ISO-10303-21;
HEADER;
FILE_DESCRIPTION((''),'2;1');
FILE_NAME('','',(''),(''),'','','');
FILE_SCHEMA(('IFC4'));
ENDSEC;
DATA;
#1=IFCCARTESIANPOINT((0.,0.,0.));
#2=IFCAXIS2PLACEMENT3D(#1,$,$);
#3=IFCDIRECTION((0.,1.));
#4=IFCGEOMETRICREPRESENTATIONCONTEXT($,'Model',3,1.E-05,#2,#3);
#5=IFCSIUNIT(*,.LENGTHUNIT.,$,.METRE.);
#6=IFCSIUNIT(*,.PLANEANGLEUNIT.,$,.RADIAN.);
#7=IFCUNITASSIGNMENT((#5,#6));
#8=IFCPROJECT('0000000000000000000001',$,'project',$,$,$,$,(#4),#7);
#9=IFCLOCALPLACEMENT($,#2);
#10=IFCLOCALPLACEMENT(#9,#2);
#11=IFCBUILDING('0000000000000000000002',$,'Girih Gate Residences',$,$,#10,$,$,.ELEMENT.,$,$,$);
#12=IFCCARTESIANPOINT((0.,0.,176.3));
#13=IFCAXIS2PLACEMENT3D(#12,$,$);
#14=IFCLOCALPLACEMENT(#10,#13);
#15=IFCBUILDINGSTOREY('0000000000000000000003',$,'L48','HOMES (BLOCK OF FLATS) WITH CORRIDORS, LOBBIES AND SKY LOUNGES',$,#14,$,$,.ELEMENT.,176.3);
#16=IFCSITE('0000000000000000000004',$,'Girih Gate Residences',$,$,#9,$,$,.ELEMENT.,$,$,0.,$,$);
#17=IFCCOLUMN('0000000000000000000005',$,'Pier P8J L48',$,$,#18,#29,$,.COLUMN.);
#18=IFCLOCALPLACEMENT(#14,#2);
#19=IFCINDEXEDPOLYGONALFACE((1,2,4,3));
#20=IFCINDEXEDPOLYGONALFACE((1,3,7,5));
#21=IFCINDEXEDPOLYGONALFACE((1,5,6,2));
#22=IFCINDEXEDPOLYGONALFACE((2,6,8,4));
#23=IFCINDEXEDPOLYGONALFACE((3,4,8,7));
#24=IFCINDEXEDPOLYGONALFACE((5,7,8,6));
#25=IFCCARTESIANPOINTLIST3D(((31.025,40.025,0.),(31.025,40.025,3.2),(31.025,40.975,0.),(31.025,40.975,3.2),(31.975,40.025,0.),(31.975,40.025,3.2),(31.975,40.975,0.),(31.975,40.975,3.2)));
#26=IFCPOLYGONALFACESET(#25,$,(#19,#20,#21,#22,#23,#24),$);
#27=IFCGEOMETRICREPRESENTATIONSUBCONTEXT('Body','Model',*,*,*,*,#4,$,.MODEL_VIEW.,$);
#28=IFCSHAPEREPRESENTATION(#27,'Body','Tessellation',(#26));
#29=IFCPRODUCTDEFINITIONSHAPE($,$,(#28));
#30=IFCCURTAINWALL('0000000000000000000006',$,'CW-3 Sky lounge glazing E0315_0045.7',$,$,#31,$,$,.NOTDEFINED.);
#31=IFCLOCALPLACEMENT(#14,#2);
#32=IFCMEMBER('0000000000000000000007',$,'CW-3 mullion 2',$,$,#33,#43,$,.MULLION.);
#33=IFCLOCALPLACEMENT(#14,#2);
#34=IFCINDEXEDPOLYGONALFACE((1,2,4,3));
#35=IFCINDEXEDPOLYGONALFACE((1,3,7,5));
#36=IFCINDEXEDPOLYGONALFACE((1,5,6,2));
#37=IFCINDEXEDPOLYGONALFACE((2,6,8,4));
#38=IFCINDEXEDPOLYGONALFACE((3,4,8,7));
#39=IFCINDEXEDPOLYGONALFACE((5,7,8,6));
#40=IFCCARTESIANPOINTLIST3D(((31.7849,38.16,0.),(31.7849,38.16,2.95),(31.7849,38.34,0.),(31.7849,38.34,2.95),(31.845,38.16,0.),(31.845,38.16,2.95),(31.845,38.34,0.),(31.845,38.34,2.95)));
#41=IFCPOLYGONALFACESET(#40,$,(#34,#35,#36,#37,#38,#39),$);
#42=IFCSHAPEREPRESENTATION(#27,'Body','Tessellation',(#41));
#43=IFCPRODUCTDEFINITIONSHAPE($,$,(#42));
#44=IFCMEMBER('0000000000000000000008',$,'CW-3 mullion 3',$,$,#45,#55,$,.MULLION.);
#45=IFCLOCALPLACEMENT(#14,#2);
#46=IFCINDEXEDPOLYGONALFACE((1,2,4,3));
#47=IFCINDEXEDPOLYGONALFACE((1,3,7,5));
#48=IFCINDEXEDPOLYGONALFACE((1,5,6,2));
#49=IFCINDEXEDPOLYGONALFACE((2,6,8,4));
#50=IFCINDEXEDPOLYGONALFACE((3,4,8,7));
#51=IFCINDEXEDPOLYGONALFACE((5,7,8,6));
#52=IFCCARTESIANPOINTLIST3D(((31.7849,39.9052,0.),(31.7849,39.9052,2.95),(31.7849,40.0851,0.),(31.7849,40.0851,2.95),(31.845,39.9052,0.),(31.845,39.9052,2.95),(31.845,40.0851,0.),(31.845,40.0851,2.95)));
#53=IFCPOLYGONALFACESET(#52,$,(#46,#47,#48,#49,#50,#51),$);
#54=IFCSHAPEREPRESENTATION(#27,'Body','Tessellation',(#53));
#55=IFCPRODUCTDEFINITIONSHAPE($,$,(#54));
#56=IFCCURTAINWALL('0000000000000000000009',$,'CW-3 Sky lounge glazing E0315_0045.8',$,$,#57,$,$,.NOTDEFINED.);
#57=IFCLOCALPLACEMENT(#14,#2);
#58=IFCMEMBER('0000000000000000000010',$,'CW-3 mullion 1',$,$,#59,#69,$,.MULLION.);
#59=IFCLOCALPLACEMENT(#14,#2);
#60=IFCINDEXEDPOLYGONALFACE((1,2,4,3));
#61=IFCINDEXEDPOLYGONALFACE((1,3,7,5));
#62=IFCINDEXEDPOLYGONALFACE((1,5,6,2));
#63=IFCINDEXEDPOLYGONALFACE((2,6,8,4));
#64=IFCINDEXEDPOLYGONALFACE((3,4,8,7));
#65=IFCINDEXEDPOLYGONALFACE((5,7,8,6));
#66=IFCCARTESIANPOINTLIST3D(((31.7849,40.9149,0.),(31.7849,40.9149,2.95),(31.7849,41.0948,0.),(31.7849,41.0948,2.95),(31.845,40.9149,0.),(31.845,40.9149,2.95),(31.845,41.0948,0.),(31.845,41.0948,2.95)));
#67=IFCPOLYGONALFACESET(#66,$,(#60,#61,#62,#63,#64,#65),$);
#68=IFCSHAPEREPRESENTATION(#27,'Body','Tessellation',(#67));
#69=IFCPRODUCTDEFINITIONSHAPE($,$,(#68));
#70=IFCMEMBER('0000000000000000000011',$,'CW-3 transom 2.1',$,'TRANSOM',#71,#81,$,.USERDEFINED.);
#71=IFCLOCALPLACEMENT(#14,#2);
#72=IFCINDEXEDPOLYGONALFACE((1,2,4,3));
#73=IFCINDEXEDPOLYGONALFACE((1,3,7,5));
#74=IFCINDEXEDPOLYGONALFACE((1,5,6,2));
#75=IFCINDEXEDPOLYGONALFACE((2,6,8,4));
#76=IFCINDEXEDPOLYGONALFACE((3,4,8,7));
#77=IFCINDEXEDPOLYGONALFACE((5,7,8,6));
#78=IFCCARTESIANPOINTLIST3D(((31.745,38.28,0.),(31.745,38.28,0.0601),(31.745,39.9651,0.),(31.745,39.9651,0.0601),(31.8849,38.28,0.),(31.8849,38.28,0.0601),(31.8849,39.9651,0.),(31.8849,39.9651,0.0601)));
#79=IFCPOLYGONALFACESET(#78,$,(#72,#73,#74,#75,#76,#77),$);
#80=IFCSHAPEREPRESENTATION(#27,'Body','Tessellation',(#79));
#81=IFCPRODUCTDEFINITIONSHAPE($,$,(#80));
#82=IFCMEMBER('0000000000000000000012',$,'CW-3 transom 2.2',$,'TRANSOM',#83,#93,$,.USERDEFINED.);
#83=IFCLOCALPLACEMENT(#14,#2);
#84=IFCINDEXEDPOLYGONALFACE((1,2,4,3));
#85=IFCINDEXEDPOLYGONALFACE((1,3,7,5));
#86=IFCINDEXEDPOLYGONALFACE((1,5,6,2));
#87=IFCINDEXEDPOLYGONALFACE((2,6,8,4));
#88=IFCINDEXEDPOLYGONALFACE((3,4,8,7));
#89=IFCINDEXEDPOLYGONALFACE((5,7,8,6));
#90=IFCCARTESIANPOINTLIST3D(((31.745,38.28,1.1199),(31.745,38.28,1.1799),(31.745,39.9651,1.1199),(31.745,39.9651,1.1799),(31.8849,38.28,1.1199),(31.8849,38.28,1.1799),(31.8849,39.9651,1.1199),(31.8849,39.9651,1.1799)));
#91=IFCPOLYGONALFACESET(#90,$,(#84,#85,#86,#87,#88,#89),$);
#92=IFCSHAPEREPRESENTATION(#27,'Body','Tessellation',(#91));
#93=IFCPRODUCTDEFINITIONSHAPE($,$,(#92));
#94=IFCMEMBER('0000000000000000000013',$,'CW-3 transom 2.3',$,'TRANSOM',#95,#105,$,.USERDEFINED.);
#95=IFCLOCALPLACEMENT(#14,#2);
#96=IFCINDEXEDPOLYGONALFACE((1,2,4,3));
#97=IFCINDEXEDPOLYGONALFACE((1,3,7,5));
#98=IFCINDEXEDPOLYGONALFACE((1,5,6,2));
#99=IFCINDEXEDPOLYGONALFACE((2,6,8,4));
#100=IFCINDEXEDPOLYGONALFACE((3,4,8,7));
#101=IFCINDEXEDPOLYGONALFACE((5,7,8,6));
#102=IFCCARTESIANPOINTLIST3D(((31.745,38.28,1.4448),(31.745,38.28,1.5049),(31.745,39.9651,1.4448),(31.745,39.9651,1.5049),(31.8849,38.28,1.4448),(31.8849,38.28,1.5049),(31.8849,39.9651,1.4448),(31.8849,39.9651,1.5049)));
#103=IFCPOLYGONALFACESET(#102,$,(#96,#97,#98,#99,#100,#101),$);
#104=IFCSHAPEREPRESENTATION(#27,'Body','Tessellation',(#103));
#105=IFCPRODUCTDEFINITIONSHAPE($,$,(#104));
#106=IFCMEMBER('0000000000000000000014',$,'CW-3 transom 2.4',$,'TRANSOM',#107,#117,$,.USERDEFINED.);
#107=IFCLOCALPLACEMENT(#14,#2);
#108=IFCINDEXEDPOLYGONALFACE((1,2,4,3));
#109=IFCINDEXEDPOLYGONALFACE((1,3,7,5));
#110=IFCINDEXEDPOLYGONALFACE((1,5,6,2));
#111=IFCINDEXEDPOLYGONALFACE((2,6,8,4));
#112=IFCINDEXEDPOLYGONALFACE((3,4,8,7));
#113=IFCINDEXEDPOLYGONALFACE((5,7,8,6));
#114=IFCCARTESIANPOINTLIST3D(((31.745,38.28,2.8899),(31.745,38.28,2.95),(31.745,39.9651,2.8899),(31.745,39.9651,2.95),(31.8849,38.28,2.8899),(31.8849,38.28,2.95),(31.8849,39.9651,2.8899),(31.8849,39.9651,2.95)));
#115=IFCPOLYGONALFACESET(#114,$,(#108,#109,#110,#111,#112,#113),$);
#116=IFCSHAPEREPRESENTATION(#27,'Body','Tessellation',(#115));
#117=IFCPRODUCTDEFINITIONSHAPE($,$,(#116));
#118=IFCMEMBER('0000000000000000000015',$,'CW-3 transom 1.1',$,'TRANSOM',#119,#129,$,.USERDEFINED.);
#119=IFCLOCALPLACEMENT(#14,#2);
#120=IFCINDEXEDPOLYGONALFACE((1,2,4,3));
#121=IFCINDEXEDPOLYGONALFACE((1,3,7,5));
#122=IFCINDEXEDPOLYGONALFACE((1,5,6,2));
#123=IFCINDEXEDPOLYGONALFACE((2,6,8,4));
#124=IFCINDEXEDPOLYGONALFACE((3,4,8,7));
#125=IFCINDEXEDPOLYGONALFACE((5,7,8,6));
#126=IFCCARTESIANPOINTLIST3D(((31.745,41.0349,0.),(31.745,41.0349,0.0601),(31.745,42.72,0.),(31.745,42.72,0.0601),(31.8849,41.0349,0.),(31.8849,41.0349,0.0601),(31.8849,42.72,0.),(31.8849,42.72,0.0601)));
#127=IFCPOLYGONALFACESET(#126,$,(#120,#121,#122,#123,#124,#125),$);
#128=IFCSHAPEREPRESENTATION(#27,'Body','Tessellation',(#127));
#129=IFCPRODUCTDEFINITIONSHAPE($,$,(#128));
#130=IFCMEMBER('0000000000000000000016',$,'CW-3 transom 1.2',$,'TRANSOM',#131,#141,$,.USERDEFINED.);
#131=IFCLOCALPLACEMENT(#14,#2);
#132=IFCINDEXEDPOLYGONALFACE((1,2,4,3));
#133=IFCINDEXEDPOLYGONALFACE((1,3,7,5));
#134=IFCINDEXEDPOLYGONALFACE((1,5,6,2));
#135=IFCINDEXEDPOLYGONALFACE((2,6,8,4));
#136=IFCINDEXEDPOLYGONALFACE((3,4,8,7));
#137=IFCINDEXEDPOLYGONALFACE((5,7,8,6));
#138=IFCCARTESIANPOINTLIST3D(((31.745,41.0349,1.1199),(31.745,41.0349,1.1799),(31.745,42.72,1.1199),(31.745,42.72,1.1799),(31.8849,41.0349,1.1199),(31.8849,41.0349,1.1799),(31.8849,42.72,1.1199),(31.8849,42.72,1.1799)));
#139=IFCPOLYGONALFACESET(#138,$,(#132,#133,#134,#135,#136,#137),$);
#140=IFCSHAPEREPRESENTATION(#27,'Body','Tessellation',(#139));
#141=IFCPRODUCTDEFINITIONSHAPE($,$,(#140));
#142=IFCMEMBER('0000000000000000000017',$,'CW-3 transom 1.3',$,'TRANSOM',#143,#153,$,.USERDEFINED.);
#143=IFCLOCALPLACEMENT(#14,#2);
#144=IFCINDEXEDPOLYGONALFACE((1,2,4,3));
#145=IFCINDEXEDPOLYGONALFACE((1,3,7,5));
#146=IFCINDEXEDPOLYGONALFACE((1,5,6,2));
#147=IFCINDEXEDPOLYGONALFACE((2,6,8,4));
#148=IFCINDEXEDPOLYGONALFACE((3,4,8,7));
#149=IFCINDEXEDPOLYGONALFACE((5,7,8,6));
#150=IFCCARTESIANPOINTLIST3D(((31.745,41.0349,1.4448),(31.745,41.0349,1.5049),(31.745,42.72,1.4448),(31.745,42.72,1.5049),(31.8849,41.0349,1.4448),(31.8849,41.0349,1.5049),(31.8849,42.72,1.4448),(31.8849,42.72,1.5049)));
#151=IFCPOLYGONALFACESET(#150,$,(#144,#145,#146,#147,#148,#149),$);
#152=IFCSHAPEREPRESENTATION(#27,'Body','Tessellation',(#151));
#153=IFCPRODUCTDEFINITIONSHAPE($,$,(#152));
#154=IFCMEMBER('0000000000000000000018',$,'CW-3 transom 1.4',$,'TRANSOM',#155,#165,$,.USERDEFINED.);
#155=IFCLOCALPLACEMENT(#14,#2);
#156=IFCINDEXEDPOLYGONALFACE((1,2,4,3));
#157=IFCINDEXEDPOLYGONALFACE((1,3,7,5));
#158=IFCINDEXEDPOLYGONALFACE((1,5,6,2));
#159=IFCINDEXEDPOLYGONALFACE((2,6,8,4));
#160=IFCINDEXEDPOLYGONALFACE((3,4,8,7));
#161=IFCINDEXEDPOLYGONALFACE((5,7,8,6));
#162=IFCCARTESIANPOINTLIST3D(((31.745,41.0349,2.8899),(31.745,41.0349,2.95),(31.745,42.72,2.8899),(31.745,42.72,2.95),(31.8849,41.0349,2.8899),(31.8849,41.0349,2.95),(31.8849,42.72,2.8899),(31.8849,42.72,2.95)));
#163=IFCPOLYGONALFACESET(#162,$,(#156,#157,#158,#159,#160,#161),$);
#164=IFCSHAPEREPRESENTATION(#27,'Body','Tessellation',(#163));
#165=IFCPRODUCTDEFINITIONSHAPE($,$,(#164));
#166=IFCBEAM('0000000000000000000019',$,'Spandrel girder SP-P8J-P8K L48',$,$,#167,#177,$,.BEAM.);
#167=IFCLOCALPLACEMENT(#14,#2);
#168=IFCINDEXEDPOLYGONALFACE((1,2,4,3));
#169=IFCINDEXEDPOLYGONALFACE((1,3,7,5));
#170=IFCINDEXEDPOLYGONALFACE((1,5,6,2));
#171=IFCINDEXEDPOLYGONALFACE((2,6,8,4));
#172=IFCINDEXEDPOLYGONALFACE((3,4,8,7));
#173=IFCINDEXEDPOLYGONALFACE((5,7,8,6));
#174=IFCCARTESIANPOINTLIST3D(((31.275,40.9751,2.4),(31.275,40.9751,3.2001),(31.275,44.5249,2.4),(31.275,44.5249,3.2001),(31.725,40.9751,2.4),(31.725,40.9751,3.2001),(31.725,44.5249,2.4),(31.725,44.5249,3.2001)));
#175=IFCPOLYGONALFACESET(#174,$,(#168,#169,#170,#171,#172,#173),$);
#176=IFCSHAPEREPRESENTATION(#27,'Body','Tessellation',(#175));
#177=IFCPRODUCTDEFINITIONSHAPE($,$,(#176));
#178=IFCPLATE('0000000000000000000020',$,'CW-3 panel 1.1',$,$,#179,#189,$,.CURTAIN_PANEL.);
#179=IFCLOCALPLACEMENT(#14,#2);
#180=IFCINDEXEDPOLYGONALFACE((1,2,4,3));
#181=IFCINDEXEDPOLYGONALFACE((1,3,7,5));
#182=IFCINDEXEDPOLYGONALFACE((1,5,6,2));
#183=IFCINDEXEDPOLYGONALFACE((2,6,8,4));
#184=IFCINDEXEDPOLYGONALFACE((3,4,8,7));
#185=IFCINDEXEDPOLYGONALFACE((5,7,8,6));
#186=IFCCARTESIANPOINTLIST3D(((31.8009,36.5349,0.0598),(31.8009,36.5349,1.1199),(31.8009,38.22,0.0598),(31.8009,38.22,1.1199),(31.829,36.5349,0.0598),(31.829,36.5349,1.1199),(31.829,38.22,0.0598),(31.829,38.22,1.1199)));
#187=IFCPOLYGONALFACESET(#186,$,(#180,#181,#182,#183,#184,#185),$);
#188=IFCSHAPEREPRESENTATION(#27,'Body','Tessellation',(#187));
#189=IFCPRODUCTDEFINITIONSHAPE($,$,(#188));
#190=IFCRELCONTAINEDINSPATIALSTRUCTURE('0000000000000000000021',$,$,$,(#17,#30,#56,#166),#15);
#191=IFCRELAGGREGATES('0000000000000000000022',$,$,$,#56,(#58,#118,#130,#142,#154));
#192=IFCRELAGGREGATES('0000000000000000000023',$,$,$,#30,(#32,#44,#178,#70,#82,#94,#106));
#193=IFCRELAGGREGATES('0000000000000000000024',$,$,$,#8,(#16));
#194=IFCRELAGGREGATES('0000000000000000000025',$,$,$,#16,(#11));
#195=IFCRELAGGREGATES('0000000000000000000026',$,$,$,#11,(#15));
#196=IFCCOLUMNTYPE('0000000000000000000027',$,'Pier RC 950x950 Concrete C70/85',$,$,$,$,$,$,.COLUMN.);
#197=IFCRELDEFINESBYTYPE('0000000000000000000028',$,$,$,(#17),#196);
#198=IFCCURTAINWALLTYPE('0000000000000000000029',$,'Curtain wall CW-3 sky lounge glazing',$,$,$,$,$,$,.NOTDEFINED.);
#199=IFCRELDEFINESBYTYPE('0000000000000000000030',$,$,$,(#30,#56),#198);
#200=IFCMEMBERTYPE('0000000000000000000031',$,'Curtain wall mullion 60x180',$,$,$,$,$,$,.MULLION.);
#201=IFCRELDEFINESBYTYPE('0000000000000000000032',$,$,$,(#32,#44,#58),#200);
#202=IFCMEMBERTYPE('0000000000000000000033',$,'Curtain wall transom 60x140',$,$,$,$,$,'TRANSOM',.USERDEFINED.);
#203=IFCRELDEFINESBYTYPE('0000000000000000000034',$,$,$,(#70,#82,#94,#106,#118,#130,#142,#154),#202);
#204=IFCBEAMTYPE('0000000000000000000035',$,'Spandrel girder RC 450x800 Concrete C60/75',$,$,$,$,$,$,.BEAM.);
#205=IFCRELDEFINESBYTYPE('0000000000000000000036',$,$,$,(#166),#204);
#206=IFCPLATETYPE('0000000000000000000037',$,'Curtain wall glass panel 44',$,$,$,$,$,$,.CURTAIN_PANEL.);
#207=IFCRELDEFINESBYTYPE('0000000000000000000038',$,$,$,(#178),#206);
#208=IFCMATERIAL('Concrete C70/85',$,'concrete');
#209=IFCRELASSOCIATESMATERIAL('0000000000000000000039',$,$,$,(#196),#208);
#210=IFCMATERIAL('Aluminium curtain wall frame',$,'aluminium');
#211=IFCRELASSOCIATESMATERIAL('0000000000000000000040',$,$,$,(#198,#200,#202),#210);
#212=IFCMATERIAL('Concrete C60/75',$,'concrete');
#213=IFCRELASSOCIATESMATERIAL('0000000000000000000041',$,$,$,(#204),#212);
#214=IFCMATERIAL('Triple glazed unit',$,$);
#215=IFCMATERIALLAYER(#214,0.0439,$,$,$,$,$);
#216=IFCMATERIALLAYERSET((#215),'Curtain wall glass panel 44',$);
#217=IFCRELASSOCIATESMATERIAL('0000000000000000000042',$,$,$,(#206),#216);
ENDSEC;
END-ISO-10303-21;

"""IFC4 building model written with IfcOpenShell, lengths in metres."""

from ifc_helpers import new_model, si_unit, direction, frame, origin, origin_2d, place, context, subcontext, project, spatial, rectangle, extrude, material, layer, layer_set, material_profile, profile_set, type_object, element, aggregate, save


model = new_model("IFC4")

# Units and contexts
model_context = context("Model", 3, precision=1e-05, world=origin(), true_north=direction((0.0, 1.0)))
body_context = subcontext(model_context, "Body", "Model", "MODEL_VIEW")
ifc_project = project(units=[si_unit("LENGTHUNIT", "METRE"), si_unit("PLANEANGLEUNIT", "RADIAN")], contexts=[model_context])

# Site, building, storey
site_placement = place(None, origin())
site = spatial("IfcSite", under=ifc_project, at=site_placement, Name="Girih Gate Residences", CompositionType="ELEMENT", RefElevation=0.0)
building_placement = place(site_placement, origin())
building = spatial("IfcBuilding", under=site, at=building_placement, Name="Girih Gate Residences", CompositionType="ELEMENT")
storey_placement = place(building_placement, frame((0.0, 0.0, 176.3)))
storey = spatial("IfcBuildingStorey", under=building, at=storey_placement, Name="L48", Description="HOMES (BLOCK OF FLATS) WITH CORRIDORS, LOBBIES AND SKY LOUNGES", CompositionType="ELEMENT", Elevation=176.3)

# Column
ifc_material_1 = material(Name="Concrete C70/85", Category="concrete")
ifc_material_profile_1 = material_profile(ifc_material_1, rectangle(XDim=0.95, YDim=0.95, at=origin_2d()))
ifc_profile_set_1 = profile_set([ifc_material_profile_1], Name="Concrete C70/85")
column_type = type_object("IfcColumnType", Name="Pier RC 950x950 Concrete C70/85", PredefinedType="COLUMN", material=ifc_profile_set_1)
column_placement = place(storey_placement, frame((31.5, 40.5, 0.0), z_axis=(0.0, 0.0, 1.0), x_axis=(1.0, 0.0, 0.0)))
element("IfcColumn", 1, at=column_placement, inside=storey, type_object=column_type, Name="Pier P8J L48", PredefinedType="COLUMN", context=body_context, shape_type="SweptSolid", body=[
    extrude(rectangle(XDim=0.95, YDim=0.95, at=origin_2d()), origin(), (0.0, 0.0, 1.0), 3.2),
])

# Curtain wall, members
ifc_material_2 = material(Name="Aluminium curtain wall frame", Category="aluminium")
curtain_wall_type = type_object("IfcCurtainWallType", Name="Curtain wall CW-3 sky lounge glazing", PredefinedType="NOTDEFINED", material=ifc_material_2)
curtain_wall_1_placement = place(storey_placement, origin())
curtain_wall_1 = element("IfcCurtainWall", 2, at=curtain_wall_1_placement, inside=storey, type_object=curtain_wall_type, Name="CW-3 Sky lounge glazing E0315_0045.7", PredefinedType="NOTDEFINED")
ifc_material_profile_2 = material_profile(ifc_material_2, rectangle(XDim=0.0601, YDim=0.1799, at=origin_2d()))
ifc_profile_set_2 = profile_set([ifc_material_profile_2], Name="Aluminium curtain wall frame")
member_type_1 = type_object("IfcMemberType", Name="Curtain wall mullion 60x180", PredefinedType="MULLION", material=ifc_profile_set_2)
member_1_placement = place(storey_placement, frame((31.8149, 38.25, 0.0), z_axis=(0.0, 0.0, 1.0), x_axis=(-1.0, 0.0, 0.0)))
member_1 = element("IfcMember", 3, at=member_1_placement, type_object=member_type_1, Name="CW-3 mullion 2", PredefinedType="MULLION", context=body_context, shape_type="SweptSolid", body=[
    extrude(rectangle(XDim=0.0601, YDim=0.1799, at=origin_2d()), origin(), (0.0, 0.0, 1.0), 2.95),
])
member_2_placement = place(storey_placement, frame((31.8149, 39.9951, 0.0), z_axis=(0.0, 0.0, 1.0), x_axis=(-1.0, 0.0, 0.0)))
member_2 = element("IfcMember", 4, at=member_2_placement, type_object=member_type_1, Name="CW-3 mullion 3", PredefinedType="MULLION", context=body_context, shape_type="SweptSolid", body=[
    extrude(rectangle(XDim=0.0601, YDim=0.1799, at=origin_2d()), origin(), (0.0, 0.0, 1.0), 2.95),
])

# Curtain wall, member
curtain_wall_2_placement = place(storey_placement, origin())
curtain_wall_2 = element("IfcCurtainWall", 5, at=curtain_wall_2_placement, inside=storey, type_object=curtain_wall_type, Name="CW-3 Sky lounge glazing E0315_0045.8", PredefinedType="NOTDEFINED")
member_3_placement = place(storey_placement, frame((31.8149, 41.0049, 0.0), z_axis=(0.0, 0.0, 1.0), x_axis=(-1.0, 0.0, 0.0)))
member_3 = element("IfcMember", 6, at=member_3_placement, type_object=member_type_1, Name="CW-3 mullion 1", PredefinedType="MULLION", context=body_context, shape_type="SweptSolid", body=[
    extrude(rectangle(XDim=0.0601, YDim=0.1799, at=origin_2d()), origin(), (0.0, 0.0, 1.0), 2.95),
])

# Members
ifc_material_profile_3 = material_profile(ifc_material_2, rectangle(XDim=0.1399, YDim=0.0601, at=origin_2d()))
ifc_profile_set_3 = profile_set([ifc_material_profile_3], Name="Aluminium curtain wall frame")
member_type_2 = type_object("IfcMemberType", Name="Curtain wall transom 60x140", ElementType="TRANSOM", PredefinedType="USERDEFINED", material=ifc_profile_set_3)
member_4_placement = place(storey_placement, frame((31.8149, 38.28, 0.03), z_axis=(0.0, 1.0, 0.0), x_axis=(-1.0, 0.0, 0.0)))
member_4 = element("IfcMember", 7, at=member_4_placement, type_object=member_type_2, Name="CW-3 transom 2.1", ObjectType="TRANSOM", PredefinedType="USERDEFINED", context=body_context, shape_type="SweptSolid", body=[
    extrude(rectangle(XDim=0.1399, YDim=0.0601, at=origin_2d()), origin(), (0.0, 0.0, 1.0), 1.6851),
])
member_5_placement = place(storey_placement, frame((31.8149, 38.28, 1.1499), z_axis=(0.0, 1.0, 0.0), x_axis=(-1.0, 0.0, 0.0)))
member_5 = element("IfcMember", 8, at=member_5_placement, type_object=member_type_2, Name="CW-3 transom 2.2", ObjectType="TRANSOM", PredefinedType="USERDEFINED", context=body_context, shape_type="SweptSolid", body=[
    extrude(rectangle(XDim=0.1399, YDim=0.0601, at=origin_2d()), origin(), (0.0, 0.0, 1.0), 1.6851),
])
member_6_placement = place(storey_placement, frame((31.8149, 38.28, 1.4749), z_axis=(0.0, 1.0, 0.0), x_axis=(-1.0, 0.0, 0.0)))
member_6 = element("IfcMember", 9, at=member_6_placement, type_object=member_type_2, Name="CW-3 transom 2.3", ObjectType="TRANSOM", PredefinedType="USERDEFINED", context=body_context, shape_type="SweptSolid", body=[
    extrude(rectangle(XDim=0.1399, YDim=0.0601, at=origin_2d()), origin(), (0.0, 0.0, 1.0), 1.6851),
])
member_7_placement = place(storey_placement, frame((31.8149, 38.28, 2.9199), z_axis=(0.0, 1.0, 0.0), x_axis=(-1.0, 0.0, 0.0)))
member_7 = element("IfcMember", 10, at=member_7_placement, type_object=member_type_2, Name="CW-3 transom 2.4", ObjectType="TRANSOM", PredefinedType="USERDEFINED", context=body_context, shape_type="SweptSolid", body=[
    extrude(rectangle(XDim=0.1399, YDim=0.0601, at=origin_2d()), origin(), (0.0, 0.0, 1.0), 1.6851),
])
member_8_placement = place(storey_placement, frame((31.8149, 41.0349, 0.03), z_axis=(0.0, 1.0, 0.0), x_axis=(-1.0, 0.0, 0.0)))
member_8 = element("IfcMember", 11, at=member_8_placement, type_object=member_type_2, Name="CW-3 transom 1.1", ObjectType="TRANSOM", PredefinedType="USERDEFINED", context=body_context, shape_type="SweptSolid", body=[
    extrude(rectangle(XDim=0.1399, YDim=0.0601, at=origin_2d()), origin(), (0.0, 0.0, 1.0), 1.6851),
])
member_9_placement = place(storey_placement, frame((31.8149, 41.0349, 1.1499), z_axis=(0.0, 1.0, 0.0), x_axis=(-1.0, 0.0, 0.0)))
member_9 = element("IfcMember", 12, at=member_9_placement, type_object=member_type_2, Name="CW-3 transom 1.2", ObjectType="TRANSOM", PredefinedType="USERDEFINED", context=body_context, shape_type="SweptSolid", body=[
    extrude(rectangle(XDim=0.1399, YDim=0.0601, at=origin_2d()), origin(), (0.0, 0.0, 1.0), 1.6851),
])
member_10_placement = place(storey_placement, frame((31.8149, 41.0349, 1.4749), z_axis=(0.0, 1.0, 0.0), x_axis=(-1.0, 0.0, 0.0)))
member_10 = element("IfcMember", 13, at=member_10_placement, type_object=member_type_2, Name="CW-3 transom 1.3", ObjectType="TRANSOM", PredefinedType="USERDEFINED", context=body_context, shape_type="SweptSolid", body=[
    extrude(rectangle(XDim=0.1399, YDim=0.0601, at=origin_2d()), origin(), (0.0, 0.0, 1.0), 1.6851),
])
member_11_placement = place(storey_placement, frame((31.8149, 41.0349, 2.9199), z_axis=(0.0, 1.0, 0.0), x_axis=(-1.0, 0.0, 0.0)))
member_11 = element("IfcMember", 14, at=member_11_placement, type_object=member_type_2, Name="CW-3 transom 1.4", ObjectType="TRANSOM", PredefinedType="USERDEFINED", context=body_context, shape_type="SweptSolid", body=[
    extrude(rectangle(XDim=0.1399, YDim=0.0601, at=origin_2d()), origin(), (0.0, 0.0, 1.0), 1.6851),
])
aggregate(curtain_wall_2, [member_3, member_8, member_9, member_10, member_11])

# Beam
ifc_material_3 = material(Name="Concrete C60/75", Category="concrete")
ifc_material_profile_4 = material_profile(ifc_material_3, rectangle(XDim=0.45, YDim=0.8, at=origin_2d()))
ifc_profile_set_4 = profile_set([ifc_material_profile_4], Name="Concrete C60/75")
beam_type = type_object("IfcBeamType", Name="Spandrel girder RC 450x800 Concrete C60/75", PredefinedType="BEAM", material=ifc_profile_set_4)
beam_placement = place(storey_placement, frame((31.5, 40.9751, 2.8), z_axis=(0.0, 1.0, 0.0), x_axis=(-1.0, 0.0, 0.0)))
element("IfcBeam", 15, at=beam_placement, inside=storey, type_object=beam_type, Name="Spandrel girder SP-P8J-P8K L48", PredefinedType="BEAM", context=body_context, shape_type="SweptSolid", body=[
    extrude(rectangle(XDim=0.45, YDim=0.8, at=origin_2d()), origin(), (0.0, 0.0, 1.0), 3.5498),
])

# Plate
ifc_material_4 = material(Name="Triple glazed unit")
ifc_layer_1 = layer(ifc_material_4, 0.0439)
ifc_layer_set_1 = layer_set([ifc_layer_1], Name="Curtain wall glass panel 44")
plate_type = type_object("IfcPlateType", Name="Curtain wall glass panel 44", PredefinedType="CURTAIN_PANEL", material=ifc_layer_set_1)
plate_1_placement = place(storey_placement, frame((31.8149, 37.3774, 0.0598), z_axis=(0.0, 0.0, 1.0), x_axis=(0.0, 1.0, 0.0)))
plate_1 = element("IfcPlate", 16, at=plate_1_placement, type_object=plate_type, Name="CW-3 panel 1.1", PredefinedType="CURTAIN_PANEL", context=body_context, shape_type="SweptSolid", body=[
    extrude(rectangle(XDim=1.6851, YDim=0.0281, at=origin_2d()), origin(), (0.0, 0.0, 1.0), 1.0601),
])
aggregate(curtain_wall_1, [member_1, member_2, plate_1, member_4, member_5, member_6, member_7])

save(model, "model.ifc")
